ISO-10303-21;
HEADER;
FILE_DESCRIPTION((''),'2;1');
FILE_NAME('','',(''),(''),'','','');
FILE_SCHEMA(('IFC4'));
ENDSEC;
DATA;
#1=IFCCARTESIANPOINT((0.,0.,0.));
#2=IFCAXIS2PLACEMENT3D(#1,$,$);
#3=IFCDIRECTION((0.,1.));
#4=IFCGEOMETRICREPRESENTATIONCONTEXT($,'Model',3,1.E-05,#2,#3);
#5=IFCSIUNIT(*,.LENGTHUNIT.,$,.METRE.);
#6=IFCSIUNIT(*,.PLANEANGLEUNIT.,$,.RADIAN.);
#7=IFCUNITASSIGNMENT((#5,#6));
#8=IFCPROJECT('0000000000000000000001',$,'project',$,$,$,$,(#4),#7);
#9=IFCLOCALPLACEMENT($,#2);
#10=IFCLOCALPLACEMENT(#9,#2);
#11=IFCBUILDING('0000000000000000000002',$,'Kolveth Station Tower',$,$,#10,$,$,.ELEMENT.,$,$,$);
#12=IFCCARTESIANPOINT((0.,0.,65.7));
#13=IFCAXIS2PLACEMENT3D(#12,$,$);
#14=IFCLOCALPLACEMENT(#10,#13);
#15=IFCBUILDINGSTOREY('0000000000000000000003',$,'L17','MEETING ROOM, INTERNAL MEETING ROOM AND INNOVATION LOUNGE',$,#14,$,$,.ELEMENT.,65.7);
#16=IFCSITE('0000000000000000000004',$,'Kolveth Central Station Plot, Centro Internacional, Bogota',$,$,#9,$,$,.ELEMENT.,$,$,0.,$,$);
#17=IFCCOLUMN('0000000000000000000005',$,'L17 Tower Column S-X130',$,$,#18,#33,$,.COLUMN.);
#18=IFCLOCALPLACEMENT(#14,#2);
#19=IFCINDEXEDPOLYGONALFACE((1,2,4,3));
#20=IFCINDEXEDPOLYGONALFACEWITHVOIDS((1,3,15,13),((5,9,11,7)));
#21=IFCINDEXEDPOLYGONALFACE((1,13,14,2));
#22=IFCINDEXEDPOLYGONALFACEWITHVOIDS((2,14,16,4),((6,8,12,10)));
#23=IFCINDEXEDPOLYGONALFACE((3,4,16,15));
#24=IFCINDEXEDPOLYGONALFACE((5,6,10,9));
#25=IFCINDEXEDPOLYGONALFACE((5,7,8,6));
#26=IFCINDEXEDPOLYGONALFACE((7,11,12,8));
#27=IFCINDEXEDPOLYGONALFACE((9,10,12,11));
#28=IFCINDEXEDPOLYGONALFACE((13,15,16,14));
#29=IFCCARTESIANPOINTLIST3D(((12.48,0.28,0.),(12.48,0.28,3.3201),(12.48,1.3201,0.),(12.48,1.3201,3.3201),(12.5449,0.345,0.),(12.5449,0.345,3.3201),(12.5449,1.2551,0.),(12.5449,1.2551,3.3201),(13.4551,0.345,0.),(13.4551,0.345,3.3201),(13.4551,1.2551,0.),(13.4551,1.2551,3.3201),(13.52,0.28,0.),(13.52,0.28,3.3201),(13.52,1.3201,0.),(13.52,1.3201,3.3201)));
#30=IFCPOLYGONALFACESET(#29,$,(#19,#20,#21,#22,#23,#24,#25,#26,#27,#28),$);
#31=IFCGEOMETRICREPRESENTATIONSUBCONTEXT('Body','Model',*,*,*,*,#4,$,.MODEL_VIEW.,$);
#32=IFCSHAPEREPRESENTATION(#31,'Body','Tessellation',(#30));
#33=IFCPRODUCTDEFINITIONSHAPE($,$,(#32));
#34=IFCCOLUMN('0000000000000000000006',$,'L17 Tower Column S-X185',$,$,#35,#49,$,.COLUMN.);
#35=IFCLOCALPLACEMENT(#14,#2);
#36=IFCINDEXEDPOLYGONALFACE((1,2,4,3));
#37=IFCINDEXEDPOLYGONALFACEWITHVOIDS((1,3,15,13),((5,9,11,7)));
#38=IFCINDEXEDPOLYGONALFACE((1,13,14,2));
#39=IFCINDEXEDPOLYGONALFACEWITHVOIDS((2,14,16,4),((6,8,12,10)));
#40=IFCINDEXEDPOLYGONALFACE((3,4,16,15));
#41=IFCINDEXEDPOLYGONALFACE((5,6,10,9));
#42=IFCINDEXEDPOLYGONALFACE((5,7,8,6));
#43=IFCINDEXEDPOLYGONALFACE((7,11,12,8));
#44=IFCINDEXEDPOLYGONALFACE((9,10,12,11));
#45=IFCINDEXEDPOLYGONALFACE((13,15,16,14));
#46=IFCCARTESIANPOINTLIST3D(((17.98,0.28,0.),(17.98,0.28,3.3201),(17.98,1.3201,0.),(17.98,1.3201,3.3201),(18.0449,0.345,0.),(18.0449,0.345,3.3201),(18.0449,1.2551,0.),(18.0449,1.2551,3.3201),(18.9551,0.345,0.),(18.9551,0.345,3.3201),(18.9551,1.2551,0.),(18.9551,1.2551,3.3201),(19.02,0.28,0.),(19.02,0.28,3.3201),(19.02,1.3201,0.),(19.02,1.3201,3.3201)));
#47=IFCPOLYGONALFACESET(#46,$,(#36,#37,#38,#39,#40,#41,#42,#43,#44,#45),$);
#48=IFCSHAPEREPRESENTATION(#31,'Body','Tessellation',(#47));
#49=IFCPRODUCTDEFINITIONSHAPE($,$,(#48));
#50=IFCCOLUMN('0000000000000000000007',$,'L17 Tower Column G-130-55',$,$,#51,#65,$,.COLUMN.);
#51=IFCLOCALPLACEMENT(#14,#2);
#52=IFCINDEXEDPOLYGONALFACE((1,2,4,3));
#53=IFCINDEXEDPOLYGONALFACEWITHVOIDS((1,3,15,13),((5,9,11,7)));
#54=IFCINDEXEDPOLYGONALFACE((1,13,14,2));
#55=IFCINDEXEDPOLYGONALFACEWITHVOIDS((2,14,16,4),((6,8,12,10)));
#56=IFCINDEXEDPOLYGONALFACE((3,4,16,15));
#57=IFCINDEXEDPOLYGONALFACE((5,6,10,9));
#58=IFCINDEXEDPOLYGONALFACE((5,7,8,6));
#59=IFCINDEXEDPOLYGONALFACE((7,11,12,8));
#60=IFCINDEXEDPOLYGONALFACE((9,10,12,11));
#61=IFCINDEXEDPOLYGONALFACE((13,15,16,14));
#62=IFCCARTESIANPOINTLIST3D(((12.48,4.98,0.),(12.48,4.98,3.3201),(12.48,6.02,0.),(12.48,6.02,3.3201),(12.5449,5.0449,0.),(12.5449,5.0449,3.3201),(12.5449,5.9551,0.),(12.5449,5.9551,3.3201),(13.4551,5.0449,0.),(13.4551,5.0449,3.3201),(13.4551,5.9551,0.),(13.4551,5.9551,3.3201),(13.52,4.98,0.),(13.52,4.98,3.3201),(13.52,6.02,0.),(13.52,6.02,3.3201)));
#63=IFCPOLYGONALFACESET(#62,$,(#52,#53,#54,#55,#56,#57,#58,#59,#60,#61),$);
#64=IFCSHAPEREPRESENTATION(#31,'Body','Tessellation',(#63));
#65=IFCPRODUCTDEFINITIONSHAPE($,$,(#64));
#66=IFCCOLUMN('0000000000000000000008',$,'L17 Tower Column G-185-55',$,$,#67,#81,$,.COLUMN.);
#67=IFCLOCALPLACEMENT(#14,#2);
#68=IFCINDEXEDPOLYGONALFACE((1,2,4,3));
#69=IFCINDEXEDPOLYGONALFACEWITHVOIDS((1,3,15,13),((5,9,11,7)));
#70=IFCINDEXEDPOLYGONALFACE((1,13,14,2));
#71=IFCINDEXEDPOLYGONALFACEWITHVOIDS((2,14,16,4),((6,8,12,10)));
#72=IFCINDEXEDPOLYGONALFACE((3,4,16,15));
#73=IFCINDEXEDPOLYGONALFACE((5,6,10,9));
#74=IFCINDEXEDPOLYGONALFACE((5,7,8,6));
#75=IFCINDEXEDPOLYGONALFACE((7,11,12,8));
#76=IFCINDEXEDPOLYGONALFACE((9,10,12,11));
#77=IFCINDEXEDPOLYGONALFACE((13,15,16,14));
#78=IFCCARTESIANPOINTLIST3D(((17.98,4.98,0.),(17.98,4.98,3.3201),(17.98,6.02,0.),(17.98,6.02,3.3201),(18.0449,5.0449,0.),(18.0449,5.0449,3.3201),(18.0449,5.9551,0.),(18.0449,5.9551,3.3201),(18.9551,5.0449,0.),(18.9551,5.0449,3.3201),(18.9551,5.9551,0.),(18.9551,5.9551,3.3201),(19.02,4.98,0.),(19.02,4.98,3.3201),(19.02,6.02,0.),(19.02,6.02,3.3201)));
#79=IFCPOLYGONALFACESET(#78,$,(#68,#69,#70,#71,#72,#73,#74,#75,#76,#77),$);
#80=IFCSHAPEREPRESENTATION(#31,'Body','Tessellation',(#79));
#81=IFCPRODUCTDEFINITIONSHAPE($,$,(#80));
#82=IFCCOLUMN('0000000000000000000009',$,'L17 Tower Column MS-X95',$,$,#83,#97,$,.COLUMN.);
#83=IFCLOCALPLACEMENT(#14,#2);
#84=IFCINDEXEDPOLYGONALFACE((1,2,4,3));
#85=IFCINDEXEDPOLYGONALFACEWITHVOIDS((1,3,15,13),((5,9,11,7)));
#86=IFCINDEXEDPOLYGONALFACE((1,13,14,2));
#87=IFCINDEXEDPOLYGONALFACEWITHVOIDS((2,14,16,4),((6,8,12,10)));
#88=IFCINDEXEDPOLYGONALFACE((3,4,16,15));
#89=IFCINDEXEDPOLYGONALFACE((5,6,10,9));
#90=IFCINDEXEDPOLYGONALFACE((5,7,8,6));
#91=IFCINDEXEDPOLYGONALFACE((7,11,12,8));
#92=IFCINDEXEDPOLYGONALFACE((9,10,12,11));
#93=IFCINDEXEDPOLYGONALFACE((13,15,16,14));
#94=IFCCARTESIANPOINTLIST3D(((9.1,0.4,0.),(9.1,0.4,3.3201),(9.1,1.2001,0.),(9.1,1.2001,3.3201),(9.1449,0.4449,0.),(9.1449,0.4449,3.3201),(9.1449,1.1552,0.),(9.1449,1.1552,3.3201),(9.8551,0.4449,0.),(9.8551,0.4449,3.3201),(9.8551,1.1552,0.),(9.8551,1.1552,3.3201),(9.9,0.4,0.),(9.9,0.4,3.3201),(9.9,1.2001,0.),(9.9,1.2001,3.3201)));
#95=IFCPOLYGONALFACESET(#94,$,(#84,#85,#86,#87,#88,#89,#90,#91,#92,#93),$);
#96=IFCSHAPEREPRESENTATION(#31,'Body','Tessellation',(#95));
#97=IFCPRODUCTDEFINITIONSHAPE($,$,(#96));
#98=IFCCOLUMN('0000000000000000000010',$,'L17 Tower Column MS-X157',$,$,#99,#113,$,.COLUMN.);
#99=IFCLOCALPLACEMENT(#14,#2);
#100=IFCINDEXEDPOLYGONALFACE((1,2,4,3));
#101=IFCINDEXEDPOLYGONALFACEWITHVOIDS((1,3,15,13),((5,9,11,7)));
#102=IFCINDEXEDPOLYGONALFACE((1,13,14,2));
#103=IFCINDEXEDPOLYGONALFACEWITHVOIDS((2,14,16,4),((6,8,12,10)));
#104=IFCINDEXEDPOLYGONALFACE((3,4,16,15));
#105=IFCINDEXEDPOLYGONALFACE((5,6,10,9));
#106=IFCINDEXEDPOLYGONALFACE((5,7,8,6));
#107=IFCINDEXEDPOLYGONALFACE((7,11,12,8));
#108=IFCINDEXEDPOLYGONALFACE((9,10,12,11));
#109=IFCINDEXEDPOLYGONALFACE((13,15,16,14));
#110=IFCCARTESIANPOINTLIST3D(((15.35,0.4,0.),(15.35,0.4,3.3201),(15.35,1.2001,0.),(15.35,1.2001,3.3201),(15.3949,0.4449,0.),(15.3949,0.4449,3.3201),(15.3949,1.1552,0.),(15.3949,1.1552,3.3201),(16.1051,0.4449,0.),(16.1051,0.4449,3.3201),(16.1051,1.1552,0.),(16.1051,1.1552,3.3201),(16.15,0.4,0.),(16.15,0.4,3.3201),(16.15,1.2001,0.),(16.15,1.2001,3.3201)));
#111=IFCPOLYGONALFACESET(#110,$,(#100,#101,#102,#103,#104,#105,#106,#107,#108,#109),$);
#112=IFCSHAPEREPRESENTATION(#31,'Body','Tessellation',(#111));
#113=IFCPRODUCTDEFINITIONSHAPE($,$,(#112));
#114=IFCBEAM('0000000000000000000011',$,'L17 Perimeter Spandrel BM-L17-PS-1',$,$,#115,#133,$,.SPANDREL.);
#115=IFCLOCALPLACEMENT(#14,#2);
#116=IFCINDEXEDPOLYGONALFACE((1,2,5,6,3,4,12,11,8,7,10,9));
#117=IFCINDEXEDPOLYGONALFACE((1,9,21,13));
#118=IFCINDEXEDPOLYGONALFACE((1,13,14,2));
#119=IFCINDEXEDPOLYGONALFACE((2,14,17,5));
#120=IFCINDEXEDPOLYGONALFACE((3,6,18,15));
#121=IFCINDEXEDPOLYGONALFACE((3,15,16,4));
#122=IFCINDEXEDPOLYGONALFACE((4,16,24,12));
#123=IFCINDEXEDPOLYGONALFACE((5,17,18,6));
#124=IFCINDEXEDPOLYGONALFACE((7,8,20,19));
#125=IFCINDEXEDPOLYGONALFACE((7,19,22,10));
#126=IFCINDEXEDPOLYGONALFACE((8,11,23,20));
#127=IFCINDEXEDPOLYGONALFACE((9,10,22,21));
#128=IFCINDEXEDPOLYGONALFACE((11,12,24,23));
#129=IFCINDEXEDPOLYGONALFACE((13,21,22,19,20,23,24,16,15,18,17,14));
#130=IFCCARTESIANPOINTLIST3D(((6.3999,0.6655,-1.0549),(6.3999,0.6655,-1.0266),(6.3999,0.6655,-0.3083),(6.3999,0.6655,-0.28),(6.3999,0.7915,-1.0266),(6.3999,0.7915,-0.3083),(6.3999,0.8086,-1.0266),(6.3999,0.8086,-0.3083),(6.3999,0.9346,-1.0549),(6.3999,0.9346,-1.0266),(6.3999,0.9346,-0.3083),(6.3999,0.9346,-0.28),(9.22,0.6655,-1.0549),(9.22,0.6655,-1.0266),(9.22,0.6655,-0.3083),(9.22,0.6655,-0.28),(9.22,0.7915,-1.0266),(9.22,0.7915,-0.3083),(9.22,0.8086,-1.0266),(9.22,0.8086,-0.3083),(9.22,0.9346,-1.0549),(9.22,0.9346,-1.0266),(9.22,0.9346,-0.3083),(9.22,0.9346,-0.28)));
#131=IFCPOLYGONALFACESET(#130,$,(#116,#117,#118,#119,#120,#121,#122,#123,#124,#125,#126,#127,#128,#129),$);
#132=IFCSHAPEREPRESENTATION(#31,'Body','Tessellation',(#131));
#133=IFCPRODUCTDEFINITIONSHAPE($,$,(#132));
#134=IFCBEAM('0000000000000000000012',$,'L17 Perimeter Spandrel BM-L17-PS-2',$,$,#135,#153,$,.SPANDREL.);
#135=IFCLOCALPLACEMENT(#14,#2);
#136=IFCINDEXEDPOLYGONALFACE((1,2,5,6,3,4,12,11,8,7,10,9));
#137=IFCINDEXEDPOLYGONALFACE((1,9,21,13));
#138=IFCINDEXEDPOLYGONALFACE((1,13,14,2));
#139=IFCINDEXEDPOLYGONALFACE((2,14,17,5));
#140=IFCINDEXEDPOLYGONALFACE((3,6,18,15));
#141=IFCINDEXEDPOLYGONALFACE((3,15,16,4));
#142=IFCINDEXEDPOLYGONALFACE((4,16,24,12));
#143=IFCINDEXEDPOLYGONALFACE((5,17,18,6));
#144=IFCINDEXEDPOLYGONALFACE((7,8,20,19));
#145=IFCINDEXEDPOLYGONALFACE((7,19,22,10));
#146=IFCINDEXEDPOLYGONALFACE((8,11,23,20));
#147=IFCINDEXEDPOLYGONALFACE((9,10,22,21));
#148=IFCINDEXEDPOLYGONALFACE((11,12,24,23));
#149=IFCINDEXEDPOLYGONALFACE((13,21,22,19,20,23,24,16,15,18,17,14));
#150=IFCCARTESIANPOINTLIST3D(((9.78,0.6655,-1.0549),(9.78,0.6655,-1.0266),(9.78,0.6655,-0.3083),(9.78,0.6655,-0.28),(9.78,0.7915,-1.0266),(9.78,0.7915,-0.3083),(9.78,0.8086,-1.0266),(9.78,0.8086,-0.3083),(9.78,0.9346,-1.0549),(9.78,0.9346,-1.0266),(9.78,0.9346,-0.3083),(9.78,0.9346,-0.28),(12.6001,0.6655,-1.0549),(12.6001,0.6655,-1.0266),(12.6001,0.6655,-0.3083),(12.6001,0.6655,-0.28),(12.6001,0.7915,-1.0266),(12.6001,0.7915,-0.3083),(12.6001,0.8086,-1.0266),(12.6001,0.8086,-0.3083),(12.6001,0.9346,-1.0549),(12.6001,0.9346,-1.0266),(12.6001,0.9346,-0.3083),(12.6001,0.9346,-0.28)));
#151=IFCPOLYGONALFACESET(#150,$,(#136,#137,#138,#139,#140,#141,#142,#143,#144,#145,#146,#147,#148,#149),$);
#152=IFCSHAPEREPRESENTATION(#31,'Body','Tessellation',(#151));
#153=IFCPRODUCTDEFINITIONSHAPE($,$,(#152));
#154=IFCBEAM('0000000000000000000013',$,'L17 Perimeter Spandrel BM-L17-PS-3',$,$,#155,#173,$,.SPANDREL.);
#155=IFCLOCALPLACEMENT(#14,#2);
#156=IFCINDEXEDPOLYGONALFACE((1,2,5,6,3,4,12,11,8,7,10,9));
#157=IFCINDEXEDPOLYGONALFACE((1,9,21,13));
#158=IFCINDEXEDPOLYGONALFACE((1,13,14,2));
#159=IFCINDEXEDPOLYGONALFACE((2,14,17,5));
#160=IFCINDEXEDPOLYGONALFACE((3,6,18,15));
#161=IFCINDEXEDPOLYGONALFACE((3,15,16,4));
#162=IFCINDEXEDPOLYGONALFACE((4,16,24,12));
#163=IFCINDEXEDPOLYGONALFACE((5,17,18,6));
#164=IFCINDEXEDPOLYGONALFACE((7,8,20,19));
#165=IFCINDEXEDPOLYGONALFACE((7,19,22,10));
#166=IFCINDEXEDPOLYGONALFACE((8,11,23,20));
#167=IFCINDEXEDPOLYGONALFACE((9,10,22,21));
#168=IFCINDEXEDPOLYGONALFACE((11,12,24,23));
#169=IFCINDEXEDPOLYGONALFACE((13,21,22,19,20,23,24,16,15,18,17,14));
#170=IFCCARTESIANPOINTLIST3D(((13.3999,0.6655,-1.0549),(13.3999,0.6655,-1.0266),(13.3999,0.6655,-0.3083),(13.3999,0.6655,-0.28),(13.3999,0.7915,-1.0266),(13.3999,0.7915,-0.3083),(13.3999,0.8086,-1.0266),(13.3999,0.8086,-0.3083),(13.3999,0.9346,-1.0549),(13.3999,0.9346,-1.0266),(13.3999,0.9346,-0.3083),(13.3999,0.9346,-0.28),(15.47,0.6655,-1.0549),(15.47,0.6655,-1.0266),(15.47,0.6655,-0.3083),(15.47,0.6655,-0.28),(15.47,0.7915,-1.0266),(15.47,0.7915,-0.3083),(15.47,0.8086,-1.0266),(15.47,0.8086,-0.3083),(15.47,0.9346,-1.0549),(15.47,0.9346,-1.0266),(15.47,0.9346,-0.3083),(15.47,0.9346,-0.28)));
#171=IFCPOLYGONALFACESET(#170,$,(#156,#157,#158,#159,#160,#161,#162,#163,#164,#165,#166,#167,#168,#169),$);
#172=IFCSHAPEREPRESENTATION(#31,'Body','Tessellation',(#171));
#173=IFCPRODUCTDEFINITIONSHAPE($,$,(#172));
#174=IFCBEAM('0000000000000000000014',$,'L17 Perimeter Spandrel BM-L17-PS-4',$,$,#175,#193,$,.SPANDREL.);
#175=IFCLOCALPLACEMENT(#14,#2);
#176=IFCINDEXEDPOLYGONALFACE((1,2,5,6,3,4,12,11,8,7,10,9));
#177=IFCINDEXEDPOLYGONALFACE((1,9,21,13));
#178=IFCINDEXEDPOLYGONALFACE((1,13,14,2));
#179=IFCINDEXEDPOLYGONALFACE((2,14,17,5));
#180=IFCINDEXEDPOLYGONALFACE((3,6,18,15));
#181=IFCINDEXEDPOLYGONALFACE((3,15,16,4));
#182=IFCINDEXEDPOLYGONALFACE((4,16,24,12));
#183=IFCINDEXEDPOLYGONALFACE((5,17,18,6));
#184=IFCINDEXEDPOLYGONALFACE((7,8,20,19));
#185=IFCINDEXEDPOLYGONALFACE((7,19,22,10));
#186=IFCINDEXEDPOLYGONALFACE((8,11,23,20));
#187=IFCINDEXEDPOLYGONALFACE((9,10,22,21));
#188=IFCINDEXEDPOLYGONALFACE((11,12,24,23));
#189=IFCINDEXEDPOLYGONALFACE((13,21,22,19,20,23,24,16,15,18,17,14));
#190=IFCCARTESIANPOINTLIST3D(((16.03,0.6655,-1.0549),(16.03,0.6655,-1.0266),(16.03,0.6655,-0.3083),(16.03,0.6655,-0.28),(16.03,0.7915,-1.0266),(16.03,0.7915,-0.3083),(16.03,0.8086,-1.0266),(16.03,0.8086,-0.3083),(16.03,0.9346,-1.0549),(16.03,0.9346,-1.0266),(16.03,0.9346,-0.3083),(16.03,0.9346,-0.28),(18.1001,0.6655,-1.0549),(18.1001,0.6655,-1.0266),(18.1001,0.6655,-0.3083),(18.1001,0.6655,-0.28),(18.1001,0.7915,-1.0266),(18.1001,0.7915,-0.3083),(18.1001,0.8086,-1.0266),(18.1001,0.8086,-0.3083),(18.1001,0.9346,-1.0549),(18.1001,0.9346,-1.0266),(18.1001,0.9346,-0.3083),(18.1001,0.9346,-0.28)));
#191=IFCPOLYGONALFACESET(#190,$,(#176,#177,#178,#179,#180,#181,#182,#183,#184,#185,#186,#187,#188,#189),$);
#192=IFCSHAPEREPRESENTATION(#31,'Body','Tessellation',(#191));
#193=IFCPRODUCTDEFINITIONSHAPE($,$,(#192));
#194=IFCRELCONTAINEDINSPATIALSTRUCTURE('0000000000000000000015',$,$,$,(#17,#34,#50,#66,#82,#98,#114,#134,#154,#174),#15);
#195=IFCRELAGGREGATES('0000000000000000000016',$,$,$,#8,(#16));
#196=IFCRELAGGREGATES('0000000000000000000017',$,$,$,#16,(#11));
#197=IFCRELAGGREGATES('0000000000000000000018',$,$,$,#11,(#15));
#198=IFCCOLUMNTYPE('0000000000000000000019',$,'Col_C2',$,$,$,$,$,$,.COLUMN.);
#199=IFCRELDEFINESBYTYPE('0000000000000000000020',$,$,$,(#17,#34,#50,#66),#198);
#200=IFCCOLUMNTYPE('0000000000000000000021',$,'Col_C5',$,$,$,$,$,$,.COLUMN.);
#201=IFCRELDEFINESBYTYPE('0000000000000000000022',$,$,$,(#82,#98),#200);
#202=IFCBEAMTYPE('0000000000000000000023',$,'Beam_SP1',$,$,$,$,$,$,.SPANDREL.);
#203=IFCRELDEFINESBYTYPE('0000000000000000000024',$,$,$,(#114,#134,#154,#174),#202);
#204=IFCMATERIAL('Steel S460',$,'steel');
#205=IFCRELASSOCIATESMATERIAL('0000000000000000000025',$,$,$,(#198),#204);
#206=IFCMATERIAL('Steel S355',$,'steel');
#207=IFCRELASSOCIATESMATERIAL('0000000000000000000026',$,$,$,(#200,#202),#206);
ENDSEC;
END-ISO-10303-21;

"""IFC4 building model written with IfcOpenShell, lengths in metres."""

from ifc_helpers import new_model, si_unit, direction, frame, origin, origin_2d, place, context, subcontext, project, spatial, hollow_rectangle, i_section, extrude, source, transform, mapped, material, material_profile, profile_set, type_object, element, save


model = new_model("IFC4")

# Units and contexts
model_context = context("Model", 3, precision=1e-05, world=origin(), true_north=direction((0.0, 1.0)))
body_context = subcontext(model_context, "Body", "Model", "MODEL_VIEW")
ifc_project = project(units=[si_unit("LENGTHUNIT", "METRE"), si_unit("PLANEANGLEUNIT", "RADIAN")], contexts=[model_context])

# Site, building, storey
site_placement = place(None, origin())
site = spatial("IfcSite", under=ifc_project, at=site_placement, Name="Kolveth Central Station Plot, Centro Internacional, Bogota", CompositionType="ELEMENT", RefElevation=0.0)
building_placement = place(site_placement, origin())
building = spatial("IfcBuilding", under=site, at=building_placement, Name="Kolveth Station Tower", CompositionType="ELEMENT")
storey_placement = place(building_placement, frame((0.0, 0.0, 65.7)))
storey = spatial("IfcBuildingStorey", under=building, at=storey_placement, Name="L17", Description="MEETING ROOM, INTERNAL MEETING ROOM AND INNOVATION LOUNGE", CompositionType="ELEMENT", Elevation=65.7)

# Columns
ifc_material_1 = material(Name="Steel S460", Category="steel")
ifc_material_profile_1 = material_profile(ifc_material_1, hollow_rectangle(XDim=1.04, YDim=1.04, WallThickness=0.0649, at=origin_2d()), Name="BOX1040x1040x65")
ifc_profile_set_1 = profile_set([ifc_material_profile_1], Name="Steel S460")
column_type_1 = type_object("IfcColumnType", Name="Col_C2", PredefinedType="COLUMN", material=ifc_profile_set_1)
shared_shape_1 = source(origin(), body_context, "Body", "SweptSolid", [
    extrude(hollow_rectangle(XDim=1.04, YDim=1.04, WallThickness=0.0649, at=origin_2d()), origin(), (0.0, 0.0, 1.0), 3.3201),
])
for number, where, z_axis, x_axis, name in (
    (1, (13.0, 0.8, 0.0), (0.0, 0.0, 1.0), (1.0, 0.0, 0.0), "L17 Tower Column S-X130"),
    (2, (18.5, 0.8, 0.0), (0.0, 0.0, 1.0), (1.0, 0.0, 0.0), "L17 Tower Column S-X185"),
    (3, (13.0, 5.5, 0.0), (0.0, 0.0, 1.0), (1.0, 0.0, 0.0), "L17 Tower Column G-130-55"),
    (4, (18.5, 5.5, 0.0), (0.0, 0.0, 1.0), (1.0, 0.0, 0.0), "L17 Tower Column G-185-55"),
):
    element("IfcColumn", number, at=place(storey_placement, frame(where, z_axis=z_axis, x_axis=x_axis)), inside=storey, type_object=column_type_1, Name=name, PredefinedType="COLUMN", context=body_context, shape_type="MappedRepresentation", body=[
        mapped(shared_shape_1, transform((0.0, 0.0, 0.0), x_axis=(1.0, 0.0, 0.0), y_axis=(0.0, 1.0, 0.0), z_axis=(0.0, 0.0, 1.0), scale=1.0)),
    ])
ifc_material_2 = material(Name="Steel S355", Category="steel")
ifc_material_profile_2 = material_profile(ifc_material_2, hollow_rectangle(XDim=0.8, YDim=0.8, WallThickness=0.0449, at=origin_2d()), Name="BOX800x800x45")
ifc_profile_set_2 = profile_set([ifc_material_profile_2], Name="Steel S355")
column_type_2 = type_object("IfcColumnType", Name="Col_C5", PredefinedType="COLUMN", material=ifc_profile_set_2)
shared_shape_2 = source(origin(), body_context, "Body", "SweptSolid", [
    extrude(hollow_rectangle(XDim=0.8, YDim=0.8, WallThickness=0.0449, at=origin_2d()), origin(), (0.0, 0.0, 1.0), 3.3201),
])
for number, where, z_axis, x_axis, name in (
    (5, (9.5, 0.8, 0.0), (0.0, 0.0, 1.0), (1.0, 0.0, 0.0), "L17 Tower Column MS-X95"),
    (6, (15.75, 0.8, 0.0), (0.0, 0.0, 1.0), (1.0, 0.0, 0.0), "L17 Tower Column MS-X157"),
):
    element("IfcColumn", number, at=place(storey_placement, frame(where, z_axis=z_axis, x_axis=x_axis)), inside=storey, type_object=column_type_2, Name=name, PredefinedType="COLUMN", context=body_context, shape_type="MappedRepresentation", body=[
        mapped(shared_shape_2, transform((0.0, 0.0, 0.0), x_axis=(1.0, 0.0, 0.0), y_axis=(0.0, 1.0, 0.0), z_axis=(0.0, 0.0, 1.0), scale=1.0)),
    ])

# Beams
ifc_material_profile_3 = material_profile(ifc_material_2, i_section(OverallWidth=0.269, OverallDepth=0.7749, WebThickness=0.0171, FlangeThickness=0.0283, at=origin_2d()), Name="W760x220")
ifc_profile_set_3 = profile_set([ifc_material_profile_3], Name="Steel S355")
beam_type_1 = type_object("IfcBeamType", Name="Beam_SP1", PredefinedType="SPANDREL", material=ifc_profile_set_3)
shared_shape_3 = source(origin(), body_context, "Body", "SweptSolid", [
    extrude(i_section(OverallWidth=0.269, OverallDepth=0.7749, WebThickness=0.0171, FlangeThickness=0.0283, at=origin_2d()), origin(), (0.0, 0.0, 1.0), 2.8201),
])
for number, where, z_axis, x_axis, name in (
    (7, (6.3999, 0.8, -0.6675), (1.0, 0.0, 0.0), (0.0, 1.0, 0.0), "L17 Perimeter Spandrel BM-L17-PS-1"),
    (8, (9.78, 0.8, -0.6675), (1.0, 0.0, 0.0), (0.0, 1.0, 0.0), "L17 Perimeter Spandrel BM-L17-PS-2"),
):
    element("IfcBeam", number, at=place(storey_placement, frame(where, z_axis=z_axis, x_axis=x_axis)), inside=storey, type_object=beam_type_1, Name=name, PredefinedType="SPANDREL", context=body_context, shape_type="MappedRepresentation", body=[
        mapped(shared_shape_3, transform((0.0, 0.0, 0.0), x_axis=(1.0, 0.0, 0.0), y_axis=(0.0, 1.0, 0.0), z_axis=(0.0, 0.0, 1.0), scale=1.0)),
    ])
shared_shape_4 = source(origin(), body_context, "Body", "SweptSolid", [
    extrude(i_section(OverallWidth=0.269, OverallDepth=0.7749, WebThickness=0.0171, FlangeThickness=0.0283, at=origin_2d()), origin(), (0.0, 0.0, 1.0), 2.0701),
])
for number, where, z_axis, x_axis, name in (
    (9, (13.3999, 0.8, -0.6675), (1.0, 0.0, 0.0), (0.0, 1.0, 0.0), "L17 Perimeter Spandrel BM-L17-PS-3"),
    (10, (16.03, 0.8, -0.6675), (1.0, 0.0, 0.0), (0.0, 1.0, 0.0), "L17 Perimeter Spandrel BM-L17-PS-4"),
):
    element("IfcBeam", number, at=place(storey_placement, frame(where, z_axis=z_axis, x_axis=x_axis)), inside=storey, type_object=beam_type_1, Name=name, PredefinedType="SPANDREL", context=body_context, shape_type="MappedRepresentation", body=[
        mapped(shared_shape_4, transform((0.0, 0.0, 0.0), x_axis=(1.0, 0.0, 0.0), y_axis=(0.0, 1.0, 0.0), z_axis=(0.0, 0.0, 1.0), scale=1.0)),
    ])

save(model, "model.ifc")
